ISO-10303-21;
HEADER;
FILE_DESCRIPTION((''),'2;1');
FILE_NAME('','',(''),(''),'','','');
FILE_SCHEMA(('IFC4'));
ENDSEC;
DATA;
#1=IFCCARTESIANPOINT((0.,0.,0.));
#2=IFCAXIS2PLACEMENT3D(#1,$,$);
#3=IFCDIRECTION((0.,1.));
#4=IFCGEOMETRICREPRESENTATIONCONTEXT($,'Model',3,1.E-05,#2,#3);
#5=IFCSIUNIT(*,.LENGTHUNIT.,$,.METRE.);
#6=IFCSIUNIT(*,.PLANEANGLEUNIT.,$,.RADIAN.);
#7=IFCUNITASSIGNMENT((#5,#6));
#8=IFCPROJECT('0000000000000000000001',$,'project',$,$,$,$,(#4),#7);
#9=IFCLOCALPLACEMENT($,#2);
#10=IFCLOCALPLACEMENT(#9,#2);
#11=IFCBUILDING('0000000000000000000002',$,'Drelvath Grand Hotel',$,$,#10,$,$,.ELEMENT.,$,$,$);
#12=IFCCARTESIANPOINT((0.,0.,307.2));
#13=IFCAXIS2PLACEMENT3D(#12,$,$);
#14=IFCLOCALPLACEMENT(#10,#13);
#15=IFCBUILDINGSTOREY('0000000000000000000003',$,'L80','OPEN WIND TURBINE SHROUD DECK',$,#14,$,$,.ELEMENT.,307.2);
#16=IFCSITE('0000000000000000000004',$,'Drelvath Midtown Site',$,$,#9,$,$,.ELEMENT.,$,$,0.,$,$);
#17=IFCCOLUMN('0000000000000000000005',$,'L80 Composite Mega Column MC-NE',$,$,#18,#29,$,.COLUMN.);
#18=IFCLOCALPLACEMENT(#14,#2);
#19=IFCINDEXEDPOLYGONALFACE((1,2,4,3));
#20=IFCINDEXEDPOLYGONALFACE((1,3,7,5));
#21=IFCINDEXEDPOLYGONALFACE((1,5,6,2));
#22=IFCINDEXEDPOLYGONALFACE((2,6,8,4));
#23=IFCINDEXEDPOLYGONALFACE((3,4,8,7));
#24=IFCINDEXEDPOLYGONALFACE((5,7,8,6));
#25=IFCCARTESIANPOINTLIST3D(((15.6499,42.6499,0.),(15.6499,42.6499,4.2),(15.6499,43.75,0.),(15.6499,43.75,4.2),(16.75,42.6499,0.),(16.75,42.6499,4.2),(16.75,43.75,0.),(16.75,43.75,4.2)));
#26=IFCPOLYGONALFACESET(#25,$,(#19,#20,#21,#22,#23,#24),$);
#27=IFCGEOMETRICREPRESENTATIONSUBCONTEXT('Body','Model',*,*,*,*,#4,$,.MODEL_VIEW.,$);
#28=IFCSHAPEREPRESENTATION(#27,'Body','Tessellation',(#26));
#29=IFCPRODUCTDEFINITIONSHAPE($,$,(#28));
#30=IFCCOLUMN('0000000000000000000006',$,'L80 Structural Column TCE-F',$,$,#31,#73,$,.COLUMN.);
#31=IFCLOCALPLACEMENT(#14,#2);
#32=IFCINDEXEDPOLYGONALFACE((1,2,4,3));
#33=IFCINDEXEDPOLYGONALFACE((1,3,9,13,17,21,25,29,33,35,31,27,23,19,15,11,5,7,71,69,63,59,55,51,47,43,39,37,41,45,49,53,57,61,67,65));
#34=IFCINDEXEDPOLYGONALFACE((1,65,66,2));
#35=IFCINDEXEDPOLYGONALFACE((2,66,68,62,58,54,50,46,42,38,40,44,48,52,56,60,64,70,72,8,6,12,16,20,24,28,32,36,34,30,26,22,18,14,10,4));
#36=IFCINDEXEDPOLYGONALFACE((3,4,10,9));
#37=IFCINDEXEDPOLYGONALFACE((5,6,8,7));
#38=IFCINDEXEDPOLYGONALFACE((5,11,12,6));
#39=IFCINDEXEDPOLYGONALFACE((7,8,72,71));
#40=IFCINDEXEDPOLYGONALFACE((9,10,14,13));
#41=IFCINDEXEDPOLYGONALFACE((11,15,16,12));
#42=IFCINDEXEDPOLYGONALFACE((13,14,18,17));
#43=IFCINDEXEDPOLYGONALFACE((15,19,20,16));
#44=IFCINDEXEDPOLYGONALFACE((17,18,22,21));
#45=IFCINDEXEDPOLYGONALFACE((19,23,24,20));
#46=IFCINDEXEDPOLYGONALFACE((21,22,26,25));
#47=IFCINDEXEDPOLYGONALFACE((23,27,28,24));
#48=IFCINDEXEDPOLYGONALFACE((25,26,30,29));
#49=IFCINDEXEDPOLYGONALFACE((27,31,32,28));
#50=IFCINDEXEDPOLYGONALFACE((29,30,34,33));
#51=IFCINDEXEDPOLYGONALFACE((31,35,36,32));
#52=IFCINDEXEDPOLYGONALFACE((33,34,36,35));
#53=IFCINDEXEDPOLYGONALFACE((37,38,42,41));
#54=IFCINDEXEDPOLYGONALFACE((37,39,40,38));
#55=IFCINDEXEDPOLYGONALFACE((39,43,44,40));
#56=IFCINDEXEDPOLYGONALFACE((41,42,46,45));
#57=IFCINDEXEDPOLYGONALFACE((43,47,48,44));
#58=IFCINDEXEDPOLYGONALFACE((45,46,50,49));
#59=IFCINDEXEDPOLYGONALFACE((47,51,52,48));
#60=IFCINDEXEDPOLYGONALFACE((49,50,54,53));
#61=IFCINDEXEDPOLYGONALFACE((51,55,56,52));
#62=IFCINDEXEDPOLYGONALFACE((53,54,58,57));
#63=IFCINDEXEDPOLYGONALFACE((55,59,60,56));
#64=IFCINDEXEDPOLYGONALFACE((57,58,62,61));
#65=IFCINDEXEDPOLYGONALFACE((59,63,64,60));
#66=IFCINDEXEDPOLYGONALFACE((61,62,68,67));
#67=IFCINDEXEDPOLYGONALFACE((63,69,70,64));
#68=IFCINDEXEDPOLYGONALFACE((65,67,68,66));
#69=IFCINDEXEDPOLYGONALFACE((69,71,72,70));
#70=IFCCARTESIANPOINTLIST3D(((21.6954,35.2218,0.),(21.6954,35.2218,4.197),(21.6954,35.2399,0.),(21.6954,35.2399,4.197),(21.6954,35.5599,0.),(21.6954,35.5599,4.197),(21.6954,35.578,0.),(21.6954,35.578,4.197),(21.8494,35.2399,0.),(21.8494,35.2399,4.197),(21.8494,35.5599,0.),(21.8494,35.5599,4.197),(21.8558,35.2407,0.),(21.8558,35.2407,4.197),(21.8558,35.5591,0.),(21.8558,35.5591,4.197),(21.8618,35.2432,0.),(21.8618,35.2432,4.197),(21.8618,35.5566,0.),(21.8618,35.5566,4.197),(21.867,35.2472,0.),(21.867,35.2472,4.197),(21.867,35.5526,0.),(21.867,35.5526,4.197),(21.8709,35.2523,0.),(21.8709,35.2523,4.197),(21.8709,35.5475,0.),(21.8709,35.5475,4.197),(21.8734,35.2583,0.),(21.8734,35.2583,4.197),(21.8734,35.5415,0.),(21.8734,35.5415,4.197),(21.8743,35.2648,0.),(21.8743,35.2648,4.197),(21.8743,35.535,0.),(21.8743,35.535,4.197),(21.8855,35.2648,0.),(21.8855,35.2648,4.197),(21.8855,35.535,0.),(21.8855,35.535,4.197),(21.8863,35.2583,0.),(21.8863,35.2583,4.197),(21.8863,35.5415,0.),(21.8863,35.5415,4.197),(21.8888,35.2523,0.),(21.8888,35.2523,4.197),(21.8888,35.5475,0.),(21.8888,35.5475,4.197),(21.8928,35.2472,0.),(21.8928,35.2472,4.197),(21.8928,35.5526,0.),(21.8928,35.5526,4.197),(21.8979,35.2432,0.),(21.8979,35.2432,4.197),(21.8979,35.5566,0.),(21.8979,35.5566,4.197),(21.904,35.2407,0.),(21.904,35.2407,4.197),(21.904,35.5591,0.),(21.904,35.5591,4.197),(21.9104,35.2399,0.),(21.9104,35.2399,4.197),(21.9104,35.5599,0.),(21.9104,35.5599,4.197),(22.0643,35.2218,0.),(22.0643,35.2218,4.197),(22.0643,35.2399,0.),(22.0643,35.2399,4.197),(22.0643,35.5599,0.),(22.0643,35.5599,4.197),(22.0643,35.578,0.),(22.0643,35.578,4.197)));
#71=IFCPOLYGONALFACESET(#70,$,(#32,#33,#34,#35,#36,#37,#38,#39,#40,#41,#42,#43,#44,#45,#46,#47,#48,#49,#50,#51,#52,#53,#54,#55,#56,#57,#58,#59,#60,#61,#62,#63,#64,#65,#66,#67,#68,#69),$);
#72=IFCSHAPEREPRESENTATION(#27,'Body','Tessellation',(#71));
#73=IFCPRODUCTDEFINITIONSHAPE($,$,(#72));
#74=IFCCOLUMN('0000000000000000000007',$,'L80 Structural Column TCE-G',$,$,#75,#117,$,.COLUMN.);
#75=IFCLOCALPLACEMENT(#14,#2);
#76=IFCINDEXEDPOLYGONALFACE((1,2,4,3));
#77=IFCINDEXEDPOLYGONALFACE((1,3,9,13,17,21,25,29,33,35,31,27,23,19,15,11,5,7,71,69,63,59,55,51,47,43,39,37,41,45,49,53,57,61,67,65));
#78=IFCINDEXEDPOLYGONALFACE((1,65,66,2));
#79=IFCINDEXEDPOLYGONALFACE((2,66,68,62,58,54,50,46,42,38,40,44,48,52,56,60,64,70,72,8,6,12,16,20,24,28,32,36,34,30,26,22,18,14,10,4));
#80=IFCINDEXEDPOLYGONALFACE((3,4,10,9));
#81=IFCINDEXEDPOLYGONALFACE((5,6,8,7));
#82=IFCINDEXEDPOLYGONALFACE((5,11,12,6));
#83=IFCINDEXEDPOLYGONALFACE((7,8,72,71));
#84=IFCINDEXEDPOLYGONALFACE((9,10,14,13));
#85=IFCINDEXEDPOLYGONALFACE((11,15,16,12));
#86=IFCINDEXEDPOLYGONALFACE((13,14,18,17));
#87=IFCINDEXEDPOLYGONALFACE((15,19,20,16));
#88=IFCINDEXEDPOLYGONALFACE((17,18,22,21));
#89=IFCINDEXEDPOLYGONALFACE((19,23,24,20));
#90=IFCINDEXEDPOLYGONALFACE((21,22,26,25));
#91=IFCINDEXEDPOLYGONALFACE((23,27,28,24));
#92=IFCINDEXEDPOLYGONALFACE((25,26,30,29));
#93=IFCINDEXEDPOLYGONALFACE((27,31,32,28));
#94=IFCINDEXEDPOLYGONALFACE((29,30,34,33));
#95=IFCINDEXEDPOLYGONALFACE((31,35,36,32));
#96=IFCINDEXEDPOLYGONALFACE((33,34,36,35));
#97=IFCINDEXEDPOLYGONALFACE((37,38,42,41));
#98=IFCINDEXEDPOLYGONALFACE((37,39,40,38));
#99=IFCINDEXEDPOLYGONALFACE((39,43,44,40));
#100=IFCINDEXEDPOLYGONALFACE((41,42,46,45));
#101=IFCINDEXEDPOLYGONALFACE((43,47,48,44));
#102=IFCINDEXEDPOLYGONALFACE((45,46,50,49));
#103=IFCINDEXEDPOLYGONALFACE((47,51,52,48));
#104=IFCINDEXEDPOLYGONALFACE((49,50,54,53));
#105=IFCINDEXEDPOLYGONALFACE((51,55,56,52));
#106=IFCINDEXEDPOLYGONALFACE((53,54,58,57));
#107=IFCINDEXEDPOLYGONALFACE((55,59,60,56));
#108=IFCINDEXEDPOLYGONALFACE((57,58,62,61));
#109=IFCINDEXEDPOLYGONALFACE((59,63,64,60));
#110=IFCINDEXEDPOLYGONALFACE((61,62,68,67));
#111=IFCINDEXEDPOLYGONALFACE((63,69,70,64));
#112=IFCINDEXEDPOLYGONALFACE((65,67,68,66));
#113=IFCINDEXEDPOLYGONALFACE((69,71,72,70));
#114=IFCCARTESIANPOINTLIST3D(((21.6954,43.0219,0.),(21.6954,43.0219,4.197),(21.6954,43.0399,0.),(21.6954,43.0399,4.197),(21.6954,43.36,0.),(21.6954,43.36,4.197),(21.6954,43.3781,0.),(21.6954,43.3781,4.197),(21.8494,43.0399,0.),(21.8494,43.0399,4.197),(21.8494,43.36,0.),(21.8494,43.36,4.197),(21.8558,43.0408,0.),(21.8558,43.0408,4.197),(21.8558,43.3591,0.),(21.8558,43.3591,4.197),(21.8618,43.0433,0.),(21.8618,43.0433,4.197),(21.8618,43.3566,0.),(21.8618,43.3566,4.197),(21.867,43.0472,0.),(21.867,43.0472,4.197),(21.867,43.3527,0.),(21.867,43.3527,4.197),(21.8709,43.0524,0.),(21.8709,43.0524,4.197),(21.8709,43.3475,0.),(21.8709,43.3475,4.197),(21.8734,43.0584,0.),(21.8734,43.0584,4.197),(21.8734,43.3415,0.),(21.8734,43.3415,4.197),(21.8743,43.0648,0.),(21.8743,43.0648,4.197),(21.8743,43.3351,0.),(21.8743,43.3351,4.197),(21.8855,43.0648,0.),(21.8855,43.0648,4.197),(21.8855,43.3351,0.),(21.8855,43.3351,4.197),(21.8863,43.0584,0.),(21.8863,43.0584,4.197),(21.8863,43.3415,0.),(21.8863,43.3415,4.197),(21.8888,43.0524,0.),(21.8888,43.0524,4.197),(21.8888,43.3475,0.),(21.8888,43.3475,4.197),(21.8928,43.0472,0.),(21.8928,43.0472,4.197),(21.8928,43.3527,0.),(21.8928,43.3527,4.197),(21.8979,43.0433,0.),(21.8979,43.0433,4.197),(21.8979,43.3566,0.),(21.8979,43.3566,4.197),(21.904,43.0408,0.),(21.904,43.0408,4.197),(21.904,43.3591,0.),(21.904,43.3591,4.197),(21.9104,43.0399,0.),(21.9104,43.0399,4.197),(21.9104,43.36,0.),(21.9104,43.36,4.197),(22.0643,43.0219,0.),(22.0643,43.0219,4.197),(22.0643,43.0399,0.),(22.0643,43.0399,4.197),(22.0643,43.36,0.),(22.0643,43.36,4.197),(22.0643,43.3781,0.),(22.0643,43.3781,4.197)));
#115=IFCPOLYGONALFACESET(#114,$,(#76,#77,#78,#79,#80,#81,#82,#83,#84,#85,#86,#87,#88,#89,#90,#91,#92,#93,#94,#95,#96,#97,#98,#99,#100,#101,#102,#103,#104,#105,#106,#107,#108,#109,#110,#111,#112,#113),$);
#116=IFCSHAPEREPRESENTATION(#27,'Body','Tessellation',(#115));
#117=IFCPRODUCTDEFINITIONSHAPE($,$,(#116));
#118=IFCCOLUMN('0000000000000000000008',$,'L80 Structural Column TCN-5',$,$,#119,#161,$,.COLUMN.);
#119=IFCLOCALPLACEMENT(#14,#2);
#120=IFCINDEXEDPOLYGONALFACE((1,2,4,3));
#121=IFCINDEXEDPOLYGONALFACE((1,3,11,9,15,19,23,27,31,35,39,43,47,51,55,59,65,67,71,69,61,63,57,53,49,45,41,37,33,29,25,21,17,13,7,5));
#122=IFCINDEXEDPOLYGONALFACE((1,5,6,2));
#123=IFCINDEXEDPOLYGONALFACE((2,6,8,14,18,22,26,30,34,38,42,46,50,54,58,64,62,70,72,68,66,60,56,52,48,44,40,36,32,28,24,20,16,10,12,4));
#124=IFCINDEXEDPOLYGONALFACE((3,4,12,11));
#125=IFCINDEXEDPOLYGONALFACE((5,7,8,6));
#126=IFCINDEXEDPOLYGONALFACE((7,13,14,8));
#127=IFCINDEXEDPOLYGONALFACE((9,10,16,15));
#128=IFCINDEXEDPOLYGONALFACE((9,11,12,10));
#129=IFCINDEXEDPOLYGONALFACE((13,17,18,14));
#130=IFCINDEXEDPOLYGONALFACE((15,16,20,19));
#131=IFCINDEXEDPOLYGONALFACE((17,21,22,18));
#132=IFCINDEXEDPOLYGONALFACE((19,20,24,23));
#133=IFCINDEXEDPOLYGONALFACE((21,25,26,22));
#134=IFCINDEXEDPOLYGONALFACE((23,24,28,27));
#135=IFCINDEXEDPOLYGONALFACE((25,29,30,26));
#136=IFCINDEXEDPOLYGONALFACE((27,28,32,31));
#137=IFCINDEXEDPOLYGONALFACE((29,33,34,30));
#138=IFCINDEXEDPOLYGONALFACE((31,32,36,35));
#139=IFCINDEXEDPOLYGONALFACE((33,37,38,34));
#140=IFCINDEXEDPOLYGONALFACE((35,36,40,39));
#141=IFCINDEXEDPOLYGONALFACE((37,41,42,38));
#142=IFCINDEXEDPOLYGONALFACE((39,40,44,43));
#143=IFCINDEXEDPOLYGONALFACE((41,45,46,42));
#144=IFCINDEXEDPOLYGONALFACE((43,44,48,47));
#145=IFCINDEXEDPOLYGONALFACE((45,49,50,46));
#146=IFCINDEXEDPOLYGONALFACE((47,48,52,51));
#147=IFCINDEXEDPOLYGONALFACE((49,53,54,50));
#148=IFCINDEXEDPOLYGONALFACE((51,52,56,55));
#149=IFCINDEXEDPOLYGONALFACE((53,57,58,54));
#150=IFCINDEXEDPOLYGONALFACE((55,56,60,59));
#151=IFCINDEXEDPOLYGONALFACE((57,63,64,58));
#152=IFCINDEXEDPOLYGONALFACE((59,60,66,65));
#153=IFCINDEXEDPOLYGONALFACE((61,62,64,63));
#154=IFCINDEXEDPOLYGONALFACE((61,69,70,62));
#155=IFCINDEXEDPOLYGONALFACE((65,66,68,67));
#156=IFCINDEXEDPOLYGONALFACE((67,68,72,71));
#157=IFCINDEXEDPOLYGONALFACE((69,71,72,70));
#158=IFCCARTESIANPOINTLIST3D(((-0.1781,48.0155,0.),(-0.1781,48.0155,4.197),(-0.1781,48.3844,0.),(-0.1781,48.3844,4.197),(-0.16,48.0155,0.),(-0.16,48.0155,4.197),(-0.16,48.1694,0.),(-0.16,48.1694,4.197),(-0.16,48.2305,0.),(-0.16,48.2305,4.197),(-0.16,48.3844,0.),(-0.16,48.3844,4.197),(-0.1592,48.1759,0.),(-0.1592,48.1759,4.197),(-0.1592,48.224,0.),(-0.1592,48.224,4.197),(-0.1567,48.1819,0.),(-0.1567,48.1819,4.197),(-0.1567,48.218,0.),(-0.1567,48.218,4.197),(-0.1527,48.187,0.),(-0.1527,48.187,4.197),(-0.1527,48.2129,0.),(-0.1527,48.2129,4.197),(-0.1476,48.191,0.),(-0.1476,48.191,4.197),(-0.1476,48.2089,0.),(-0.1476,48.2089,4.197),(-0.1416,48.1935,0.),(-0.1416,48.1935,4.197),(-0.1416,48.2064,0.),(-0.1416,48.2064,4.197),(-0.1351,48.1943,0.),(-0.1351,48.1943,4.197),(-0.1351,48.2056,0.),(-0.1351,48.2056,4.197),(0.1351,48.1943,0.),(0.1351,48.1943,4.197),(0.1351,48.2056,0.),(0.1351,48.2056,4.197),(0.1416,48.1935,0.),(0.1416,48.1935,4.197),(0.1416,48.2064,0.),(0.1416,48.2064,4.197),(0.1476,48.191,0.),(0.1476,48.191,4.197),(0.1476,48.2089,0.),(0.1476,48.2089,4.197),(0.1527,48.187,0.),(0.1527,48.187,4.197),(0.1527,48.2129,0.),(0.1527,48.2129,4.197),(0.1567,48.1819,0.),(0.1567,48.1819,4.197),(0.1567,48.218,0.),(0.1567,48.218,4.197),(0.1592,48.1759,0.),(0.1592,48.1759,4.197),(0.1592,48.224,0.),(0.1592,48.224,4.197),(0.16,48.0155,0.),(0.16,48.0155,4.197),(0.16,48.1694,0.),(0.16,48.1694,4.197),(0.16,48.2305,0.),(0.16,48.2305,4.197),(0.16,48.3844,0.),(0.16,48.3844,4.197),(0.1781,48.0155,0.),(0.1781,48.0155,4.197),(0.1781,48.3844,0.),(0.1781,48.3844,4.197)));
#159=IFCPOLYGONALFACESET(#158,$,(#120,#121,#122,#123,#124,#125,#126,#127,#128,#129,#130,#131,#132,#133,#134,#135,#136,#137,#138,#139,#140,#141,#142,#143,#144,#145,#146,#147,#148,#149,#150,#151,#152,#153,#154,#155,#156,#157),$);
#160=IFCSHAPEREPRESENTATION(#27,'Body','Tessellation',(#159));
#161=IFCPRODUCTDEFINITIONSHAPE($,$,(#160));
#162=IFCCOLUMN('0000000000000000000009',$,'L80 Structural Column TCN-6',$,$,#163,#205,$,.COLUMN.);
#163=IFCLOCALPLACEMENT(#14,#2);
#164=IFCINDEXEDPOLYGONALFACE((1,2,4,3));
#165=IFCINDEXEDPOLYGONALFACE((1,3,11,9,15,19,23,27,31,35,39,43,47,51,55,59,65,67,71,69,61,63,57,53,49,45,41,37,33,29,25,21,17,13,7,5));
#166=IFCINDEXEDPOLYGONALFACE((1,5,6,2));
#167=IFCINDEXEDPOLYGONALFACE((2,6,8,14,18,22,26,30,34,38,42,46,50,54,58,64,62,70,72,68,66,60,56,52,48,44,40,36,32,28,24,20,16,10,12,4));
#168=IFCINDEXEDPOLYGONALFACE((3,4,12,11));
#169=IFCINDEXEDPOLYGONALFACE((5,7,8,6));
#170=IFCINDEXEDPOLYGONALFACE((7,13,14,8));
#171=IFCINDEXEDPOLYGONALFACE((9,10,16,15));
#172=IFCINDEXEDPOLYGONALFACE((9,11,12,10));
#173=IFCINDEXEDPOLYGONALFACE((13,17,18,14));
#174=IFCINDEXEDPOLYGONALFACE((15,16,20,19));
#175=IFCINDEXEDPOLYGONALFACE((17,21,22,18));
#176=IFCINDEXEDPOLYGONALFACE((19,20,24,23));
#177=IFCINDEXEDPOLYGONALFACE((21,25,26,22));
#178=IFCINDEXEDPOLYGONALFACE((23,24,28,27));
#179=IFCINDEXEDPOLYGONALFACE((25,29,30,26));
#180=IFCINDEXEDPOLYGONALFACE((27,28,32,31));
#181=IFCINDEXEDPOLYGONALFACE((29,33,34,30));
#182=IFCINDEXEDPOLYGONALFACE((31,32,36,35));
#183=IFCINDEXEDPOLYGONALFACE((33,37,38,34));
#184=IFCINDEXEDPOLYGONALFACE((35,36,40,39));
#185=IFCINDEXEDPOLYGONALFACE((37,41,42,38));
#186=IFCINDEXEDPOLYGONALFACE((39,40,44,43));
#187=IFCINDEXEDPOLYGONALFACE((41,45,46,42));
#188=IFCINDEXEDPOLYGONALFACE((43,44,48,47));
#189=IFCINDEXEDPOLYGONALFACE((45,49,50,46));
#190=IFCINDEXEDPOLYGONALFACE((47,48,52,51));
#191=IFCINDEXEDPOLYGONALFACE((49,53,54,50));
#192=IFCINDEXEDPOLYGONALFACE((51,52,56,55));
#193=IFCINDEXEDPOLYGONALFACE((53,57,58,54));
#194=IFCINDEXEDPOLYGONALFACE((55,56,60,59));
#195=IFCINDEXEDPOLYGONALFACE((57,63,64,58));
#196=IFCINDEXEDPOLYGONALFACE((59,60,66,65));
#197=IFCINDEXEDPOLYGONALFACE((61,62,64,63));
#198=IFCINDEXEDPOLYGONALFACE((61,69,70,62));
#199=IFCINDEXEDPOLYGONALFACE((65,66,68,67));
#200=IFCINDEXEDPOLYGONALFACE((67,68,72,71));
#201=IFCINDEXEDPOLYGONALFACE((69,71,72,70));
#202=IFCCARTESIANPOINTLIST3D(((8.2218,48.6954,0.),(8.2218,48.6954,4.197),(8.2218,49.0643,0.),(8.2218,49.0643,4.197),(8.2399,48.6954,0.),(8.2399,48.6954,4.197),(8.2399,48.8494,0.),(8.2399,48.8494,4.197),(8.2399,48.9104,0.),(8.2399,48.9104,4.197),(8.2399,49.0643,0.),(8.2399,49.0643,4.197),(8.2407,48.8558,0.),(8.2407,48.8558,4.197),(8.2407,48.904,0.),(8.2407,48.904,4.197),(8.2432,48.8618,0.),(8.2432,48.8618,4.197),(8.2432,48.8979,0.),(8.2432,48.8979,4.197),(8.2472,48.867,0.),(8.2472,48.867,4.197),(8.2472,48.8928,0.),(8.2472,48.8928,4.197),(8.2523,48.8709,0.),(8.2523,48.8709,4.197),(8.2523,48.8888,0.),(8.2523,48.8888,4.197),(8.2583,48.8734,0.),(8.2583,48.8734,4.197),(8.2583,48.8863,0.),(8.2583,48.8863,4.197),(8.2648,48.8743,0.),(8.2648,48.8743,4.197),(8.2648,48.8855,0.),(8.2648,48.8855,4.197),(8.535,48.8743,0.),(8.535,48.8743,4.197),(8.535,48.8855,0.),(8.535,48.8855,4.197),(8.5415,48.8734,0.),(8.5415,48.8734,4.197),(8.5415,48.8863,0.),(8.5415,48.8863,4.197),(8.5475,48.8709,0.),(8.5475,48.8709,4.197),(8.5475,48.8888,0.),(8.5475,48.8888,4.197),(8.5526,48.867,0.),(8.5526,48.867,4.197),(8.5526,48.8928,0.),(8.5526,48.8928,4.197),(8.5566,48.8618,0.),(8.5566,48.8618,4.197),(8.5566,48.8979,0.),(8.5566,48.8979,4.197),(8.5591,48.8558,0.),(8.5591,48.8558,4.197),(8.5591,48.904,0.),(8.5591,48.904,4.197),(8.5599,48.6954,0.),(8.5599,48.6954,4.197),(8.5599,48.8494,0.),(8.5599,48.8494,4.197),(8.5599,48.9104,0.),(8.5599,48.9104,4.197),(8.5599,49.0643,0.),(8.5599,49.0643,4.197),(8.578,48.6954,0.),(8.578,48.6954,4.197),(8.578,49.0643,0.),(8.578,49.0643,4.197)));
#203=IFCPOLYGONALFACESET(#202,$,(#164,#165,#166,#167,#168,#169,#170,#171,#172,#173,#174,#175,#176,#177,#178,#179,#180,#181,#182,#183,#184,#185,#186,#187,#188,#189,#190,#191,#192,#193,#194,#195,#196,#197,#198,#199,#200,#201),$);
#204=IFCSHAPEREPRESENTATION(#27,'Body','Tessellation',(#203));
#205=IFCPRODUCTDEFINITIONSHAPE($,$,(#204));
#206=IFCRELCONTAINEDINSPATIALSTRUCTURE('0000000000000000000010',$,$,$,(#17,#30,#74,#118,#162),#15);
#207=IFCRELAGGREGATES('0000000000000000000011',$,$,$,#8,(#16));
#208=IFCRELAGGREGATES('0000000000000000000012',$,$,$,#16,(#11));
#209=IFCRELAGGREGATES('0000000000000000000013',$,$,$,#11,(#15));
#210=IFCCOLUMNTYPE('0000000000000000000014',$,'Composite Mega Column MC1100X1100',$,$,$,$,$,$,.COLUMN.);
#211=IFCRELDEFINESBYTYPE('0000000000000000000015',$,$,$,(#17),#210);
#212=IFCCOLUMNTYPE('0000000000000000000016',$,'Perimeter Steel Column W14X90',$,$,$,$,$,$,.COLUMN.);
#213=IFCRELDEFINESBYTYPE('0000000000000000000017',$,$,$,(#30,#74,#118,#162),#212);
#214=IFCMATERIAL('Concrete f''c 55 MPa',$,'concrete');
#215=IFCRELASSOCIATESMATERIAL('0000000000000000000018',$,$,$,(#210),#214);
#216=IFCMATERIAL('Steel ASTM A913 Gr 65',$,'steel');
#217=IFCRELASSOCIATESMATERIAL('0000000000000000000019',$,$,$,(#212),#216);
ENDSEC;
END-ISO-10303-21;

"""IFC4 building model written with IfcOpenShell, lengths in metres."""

from ifc_helpers import new_model, si_unit, direction, frame, origin, origin_2d, place, context, subcontext, project, spatial, rectangle, i_section, extrude, material, material_profile, profile_set, type_object, element, save


model = new_model("IFC4")

# Units and contexts
model_context = context("Model", 3, precision=1e-05, world=origin(), true_north=direction((0.0, 1.0)))
body_context = subcontext(model_context, "Body", "Model", "MODEL_VIEW")
ifc_project = project(units=[si_unit("LENGTHUNIT", "METRE"), si_unit("PLANEANGLEUNIT", "RADIAN")], contexts=[model_context])

# Site, building, storey
site_placement = place(None, origin())
site = spatial("IfcSite", under=ifc_project, at=site_placement, Name="Drelvath Midtown Site", CompositionType="ELEMENT", RefElevation=0.0)
building_placement = place(site_placement, origin())
building = spatial("IfcBuilding", under=site, at=building_placement, Name="Drelvath Grand Hotel", CompositionType="ELEMENT")
storey_placement = place(building_placement, frame((0.0, 0.0, 307.2)))
storey = spatial("IfcBuildingStorey", under=building, at=storey_placement, Name="L80", Description="OPEN WIND TURBINE SHROUD DECK", CompositionType="ELEMENT", Elevation=307.2)

# Columns
ifc_material_1 = material(Name="Concrete f'c 55 MPa", Category="concrete")
ifc_material_profile_1 = material_profile(ifc_material_1, rectangle(XDim=1.1001, YDim=1.1001, at=origin_2d()), Name="MC1100X1100")
ifc_profile_set_1 = profile_set([ifc_material_profile_1], Name="Concrete f'c 55 MPa")
column_type_1 = type_object("IfcColumnType", Name="Composite Mega Column MC1100X1100", PredefinedType="COLUMN", material=ifc_profile_set_1)
column_placement = place(storey_placement, frame((16.2, 43.2, 0.0), z_axis=(0.0, 0.0, 1.0), x_axis=(1.0, 0.0, 0.0)))
element("IfcColumn", 1, at=column_placement, inside=storey, type_object=column_type_1, Name="L80 Composite Mega Column MC-NE", PredefinedType="COLUMN", context=body_context, shape_type="SweptSolid", body=[
    extrude(rectangle(XDim=1.1001, YDim=1.1001, at=origin_2d()), origin(), (0.0, 0.0, 1.0), 4.2),
])
ifc_material_2 = material(Name="Steel ASTM A913 Gr 65", Category="steel")
ifc_material_profile_2 = material_profile(ifc_material_2, i_section(OverallWidth=0.3689, OverallDepth=0.3562, WebThickness=0.0112, FlangeThickness=0.0181, FilletRadius=0.0249, at=origin_2d()), Name="W14X90")
ifc_profile_set_2 = profile_set([ifc_material_profile_2], Name="Steel ASTM A913 Gr 65")
column_type_2 = type_object("IfcColumnType", Name="Perimeter Steel Column W14X90", PredefinedType="COLUMN", material=ifc_profile_set_2)
for number, where, z_axis, x_axis, name in (
    (2, (21.8799, 35.3999, 0.0), (0.0, 0.0, 1.0), (1.0, 0.0, 0.0), "L80 Structural Column TCE-F"),
    (3, (21.8799, 43.2, 0.0), (0.0, 0.0, 1.0), (1.0, 0.0, 0.0), "L80 Structural Column TCE-G"),
    (4, (0.0, 48.2, 0.0), (0.0, 0.0, 1.0), (0.0, 1.0, 0.0), "L80 Structural Column TCN-5"),
    (5, (8.3999, 48.8799, 0.0), (0.0, 0.0, 1.0), (0.0, 1.0, 0.0), "L80 Structural Column TCN-6"),
):
    element("IfcColumn", number, at=place(storey_placement, frame(where, z_axis=z_axis, x_axis=x_axis)), inside=storey, type_object=column_type_2, Name=name, PredefinedType="COLUMN", context=body_context, shape_type="SweptSolid", body=[
        extrude(i_section(OverallWidth=0.3689, OverallDepth=0.3562, WebThickness=0.0112, FlangeThickness=0.0181, FilletRadius=0.0249, at=origin_2d()), origin(), (0.0, 0.0, 1.0), 4.197),
    ])

save(model, "model.ifc")
